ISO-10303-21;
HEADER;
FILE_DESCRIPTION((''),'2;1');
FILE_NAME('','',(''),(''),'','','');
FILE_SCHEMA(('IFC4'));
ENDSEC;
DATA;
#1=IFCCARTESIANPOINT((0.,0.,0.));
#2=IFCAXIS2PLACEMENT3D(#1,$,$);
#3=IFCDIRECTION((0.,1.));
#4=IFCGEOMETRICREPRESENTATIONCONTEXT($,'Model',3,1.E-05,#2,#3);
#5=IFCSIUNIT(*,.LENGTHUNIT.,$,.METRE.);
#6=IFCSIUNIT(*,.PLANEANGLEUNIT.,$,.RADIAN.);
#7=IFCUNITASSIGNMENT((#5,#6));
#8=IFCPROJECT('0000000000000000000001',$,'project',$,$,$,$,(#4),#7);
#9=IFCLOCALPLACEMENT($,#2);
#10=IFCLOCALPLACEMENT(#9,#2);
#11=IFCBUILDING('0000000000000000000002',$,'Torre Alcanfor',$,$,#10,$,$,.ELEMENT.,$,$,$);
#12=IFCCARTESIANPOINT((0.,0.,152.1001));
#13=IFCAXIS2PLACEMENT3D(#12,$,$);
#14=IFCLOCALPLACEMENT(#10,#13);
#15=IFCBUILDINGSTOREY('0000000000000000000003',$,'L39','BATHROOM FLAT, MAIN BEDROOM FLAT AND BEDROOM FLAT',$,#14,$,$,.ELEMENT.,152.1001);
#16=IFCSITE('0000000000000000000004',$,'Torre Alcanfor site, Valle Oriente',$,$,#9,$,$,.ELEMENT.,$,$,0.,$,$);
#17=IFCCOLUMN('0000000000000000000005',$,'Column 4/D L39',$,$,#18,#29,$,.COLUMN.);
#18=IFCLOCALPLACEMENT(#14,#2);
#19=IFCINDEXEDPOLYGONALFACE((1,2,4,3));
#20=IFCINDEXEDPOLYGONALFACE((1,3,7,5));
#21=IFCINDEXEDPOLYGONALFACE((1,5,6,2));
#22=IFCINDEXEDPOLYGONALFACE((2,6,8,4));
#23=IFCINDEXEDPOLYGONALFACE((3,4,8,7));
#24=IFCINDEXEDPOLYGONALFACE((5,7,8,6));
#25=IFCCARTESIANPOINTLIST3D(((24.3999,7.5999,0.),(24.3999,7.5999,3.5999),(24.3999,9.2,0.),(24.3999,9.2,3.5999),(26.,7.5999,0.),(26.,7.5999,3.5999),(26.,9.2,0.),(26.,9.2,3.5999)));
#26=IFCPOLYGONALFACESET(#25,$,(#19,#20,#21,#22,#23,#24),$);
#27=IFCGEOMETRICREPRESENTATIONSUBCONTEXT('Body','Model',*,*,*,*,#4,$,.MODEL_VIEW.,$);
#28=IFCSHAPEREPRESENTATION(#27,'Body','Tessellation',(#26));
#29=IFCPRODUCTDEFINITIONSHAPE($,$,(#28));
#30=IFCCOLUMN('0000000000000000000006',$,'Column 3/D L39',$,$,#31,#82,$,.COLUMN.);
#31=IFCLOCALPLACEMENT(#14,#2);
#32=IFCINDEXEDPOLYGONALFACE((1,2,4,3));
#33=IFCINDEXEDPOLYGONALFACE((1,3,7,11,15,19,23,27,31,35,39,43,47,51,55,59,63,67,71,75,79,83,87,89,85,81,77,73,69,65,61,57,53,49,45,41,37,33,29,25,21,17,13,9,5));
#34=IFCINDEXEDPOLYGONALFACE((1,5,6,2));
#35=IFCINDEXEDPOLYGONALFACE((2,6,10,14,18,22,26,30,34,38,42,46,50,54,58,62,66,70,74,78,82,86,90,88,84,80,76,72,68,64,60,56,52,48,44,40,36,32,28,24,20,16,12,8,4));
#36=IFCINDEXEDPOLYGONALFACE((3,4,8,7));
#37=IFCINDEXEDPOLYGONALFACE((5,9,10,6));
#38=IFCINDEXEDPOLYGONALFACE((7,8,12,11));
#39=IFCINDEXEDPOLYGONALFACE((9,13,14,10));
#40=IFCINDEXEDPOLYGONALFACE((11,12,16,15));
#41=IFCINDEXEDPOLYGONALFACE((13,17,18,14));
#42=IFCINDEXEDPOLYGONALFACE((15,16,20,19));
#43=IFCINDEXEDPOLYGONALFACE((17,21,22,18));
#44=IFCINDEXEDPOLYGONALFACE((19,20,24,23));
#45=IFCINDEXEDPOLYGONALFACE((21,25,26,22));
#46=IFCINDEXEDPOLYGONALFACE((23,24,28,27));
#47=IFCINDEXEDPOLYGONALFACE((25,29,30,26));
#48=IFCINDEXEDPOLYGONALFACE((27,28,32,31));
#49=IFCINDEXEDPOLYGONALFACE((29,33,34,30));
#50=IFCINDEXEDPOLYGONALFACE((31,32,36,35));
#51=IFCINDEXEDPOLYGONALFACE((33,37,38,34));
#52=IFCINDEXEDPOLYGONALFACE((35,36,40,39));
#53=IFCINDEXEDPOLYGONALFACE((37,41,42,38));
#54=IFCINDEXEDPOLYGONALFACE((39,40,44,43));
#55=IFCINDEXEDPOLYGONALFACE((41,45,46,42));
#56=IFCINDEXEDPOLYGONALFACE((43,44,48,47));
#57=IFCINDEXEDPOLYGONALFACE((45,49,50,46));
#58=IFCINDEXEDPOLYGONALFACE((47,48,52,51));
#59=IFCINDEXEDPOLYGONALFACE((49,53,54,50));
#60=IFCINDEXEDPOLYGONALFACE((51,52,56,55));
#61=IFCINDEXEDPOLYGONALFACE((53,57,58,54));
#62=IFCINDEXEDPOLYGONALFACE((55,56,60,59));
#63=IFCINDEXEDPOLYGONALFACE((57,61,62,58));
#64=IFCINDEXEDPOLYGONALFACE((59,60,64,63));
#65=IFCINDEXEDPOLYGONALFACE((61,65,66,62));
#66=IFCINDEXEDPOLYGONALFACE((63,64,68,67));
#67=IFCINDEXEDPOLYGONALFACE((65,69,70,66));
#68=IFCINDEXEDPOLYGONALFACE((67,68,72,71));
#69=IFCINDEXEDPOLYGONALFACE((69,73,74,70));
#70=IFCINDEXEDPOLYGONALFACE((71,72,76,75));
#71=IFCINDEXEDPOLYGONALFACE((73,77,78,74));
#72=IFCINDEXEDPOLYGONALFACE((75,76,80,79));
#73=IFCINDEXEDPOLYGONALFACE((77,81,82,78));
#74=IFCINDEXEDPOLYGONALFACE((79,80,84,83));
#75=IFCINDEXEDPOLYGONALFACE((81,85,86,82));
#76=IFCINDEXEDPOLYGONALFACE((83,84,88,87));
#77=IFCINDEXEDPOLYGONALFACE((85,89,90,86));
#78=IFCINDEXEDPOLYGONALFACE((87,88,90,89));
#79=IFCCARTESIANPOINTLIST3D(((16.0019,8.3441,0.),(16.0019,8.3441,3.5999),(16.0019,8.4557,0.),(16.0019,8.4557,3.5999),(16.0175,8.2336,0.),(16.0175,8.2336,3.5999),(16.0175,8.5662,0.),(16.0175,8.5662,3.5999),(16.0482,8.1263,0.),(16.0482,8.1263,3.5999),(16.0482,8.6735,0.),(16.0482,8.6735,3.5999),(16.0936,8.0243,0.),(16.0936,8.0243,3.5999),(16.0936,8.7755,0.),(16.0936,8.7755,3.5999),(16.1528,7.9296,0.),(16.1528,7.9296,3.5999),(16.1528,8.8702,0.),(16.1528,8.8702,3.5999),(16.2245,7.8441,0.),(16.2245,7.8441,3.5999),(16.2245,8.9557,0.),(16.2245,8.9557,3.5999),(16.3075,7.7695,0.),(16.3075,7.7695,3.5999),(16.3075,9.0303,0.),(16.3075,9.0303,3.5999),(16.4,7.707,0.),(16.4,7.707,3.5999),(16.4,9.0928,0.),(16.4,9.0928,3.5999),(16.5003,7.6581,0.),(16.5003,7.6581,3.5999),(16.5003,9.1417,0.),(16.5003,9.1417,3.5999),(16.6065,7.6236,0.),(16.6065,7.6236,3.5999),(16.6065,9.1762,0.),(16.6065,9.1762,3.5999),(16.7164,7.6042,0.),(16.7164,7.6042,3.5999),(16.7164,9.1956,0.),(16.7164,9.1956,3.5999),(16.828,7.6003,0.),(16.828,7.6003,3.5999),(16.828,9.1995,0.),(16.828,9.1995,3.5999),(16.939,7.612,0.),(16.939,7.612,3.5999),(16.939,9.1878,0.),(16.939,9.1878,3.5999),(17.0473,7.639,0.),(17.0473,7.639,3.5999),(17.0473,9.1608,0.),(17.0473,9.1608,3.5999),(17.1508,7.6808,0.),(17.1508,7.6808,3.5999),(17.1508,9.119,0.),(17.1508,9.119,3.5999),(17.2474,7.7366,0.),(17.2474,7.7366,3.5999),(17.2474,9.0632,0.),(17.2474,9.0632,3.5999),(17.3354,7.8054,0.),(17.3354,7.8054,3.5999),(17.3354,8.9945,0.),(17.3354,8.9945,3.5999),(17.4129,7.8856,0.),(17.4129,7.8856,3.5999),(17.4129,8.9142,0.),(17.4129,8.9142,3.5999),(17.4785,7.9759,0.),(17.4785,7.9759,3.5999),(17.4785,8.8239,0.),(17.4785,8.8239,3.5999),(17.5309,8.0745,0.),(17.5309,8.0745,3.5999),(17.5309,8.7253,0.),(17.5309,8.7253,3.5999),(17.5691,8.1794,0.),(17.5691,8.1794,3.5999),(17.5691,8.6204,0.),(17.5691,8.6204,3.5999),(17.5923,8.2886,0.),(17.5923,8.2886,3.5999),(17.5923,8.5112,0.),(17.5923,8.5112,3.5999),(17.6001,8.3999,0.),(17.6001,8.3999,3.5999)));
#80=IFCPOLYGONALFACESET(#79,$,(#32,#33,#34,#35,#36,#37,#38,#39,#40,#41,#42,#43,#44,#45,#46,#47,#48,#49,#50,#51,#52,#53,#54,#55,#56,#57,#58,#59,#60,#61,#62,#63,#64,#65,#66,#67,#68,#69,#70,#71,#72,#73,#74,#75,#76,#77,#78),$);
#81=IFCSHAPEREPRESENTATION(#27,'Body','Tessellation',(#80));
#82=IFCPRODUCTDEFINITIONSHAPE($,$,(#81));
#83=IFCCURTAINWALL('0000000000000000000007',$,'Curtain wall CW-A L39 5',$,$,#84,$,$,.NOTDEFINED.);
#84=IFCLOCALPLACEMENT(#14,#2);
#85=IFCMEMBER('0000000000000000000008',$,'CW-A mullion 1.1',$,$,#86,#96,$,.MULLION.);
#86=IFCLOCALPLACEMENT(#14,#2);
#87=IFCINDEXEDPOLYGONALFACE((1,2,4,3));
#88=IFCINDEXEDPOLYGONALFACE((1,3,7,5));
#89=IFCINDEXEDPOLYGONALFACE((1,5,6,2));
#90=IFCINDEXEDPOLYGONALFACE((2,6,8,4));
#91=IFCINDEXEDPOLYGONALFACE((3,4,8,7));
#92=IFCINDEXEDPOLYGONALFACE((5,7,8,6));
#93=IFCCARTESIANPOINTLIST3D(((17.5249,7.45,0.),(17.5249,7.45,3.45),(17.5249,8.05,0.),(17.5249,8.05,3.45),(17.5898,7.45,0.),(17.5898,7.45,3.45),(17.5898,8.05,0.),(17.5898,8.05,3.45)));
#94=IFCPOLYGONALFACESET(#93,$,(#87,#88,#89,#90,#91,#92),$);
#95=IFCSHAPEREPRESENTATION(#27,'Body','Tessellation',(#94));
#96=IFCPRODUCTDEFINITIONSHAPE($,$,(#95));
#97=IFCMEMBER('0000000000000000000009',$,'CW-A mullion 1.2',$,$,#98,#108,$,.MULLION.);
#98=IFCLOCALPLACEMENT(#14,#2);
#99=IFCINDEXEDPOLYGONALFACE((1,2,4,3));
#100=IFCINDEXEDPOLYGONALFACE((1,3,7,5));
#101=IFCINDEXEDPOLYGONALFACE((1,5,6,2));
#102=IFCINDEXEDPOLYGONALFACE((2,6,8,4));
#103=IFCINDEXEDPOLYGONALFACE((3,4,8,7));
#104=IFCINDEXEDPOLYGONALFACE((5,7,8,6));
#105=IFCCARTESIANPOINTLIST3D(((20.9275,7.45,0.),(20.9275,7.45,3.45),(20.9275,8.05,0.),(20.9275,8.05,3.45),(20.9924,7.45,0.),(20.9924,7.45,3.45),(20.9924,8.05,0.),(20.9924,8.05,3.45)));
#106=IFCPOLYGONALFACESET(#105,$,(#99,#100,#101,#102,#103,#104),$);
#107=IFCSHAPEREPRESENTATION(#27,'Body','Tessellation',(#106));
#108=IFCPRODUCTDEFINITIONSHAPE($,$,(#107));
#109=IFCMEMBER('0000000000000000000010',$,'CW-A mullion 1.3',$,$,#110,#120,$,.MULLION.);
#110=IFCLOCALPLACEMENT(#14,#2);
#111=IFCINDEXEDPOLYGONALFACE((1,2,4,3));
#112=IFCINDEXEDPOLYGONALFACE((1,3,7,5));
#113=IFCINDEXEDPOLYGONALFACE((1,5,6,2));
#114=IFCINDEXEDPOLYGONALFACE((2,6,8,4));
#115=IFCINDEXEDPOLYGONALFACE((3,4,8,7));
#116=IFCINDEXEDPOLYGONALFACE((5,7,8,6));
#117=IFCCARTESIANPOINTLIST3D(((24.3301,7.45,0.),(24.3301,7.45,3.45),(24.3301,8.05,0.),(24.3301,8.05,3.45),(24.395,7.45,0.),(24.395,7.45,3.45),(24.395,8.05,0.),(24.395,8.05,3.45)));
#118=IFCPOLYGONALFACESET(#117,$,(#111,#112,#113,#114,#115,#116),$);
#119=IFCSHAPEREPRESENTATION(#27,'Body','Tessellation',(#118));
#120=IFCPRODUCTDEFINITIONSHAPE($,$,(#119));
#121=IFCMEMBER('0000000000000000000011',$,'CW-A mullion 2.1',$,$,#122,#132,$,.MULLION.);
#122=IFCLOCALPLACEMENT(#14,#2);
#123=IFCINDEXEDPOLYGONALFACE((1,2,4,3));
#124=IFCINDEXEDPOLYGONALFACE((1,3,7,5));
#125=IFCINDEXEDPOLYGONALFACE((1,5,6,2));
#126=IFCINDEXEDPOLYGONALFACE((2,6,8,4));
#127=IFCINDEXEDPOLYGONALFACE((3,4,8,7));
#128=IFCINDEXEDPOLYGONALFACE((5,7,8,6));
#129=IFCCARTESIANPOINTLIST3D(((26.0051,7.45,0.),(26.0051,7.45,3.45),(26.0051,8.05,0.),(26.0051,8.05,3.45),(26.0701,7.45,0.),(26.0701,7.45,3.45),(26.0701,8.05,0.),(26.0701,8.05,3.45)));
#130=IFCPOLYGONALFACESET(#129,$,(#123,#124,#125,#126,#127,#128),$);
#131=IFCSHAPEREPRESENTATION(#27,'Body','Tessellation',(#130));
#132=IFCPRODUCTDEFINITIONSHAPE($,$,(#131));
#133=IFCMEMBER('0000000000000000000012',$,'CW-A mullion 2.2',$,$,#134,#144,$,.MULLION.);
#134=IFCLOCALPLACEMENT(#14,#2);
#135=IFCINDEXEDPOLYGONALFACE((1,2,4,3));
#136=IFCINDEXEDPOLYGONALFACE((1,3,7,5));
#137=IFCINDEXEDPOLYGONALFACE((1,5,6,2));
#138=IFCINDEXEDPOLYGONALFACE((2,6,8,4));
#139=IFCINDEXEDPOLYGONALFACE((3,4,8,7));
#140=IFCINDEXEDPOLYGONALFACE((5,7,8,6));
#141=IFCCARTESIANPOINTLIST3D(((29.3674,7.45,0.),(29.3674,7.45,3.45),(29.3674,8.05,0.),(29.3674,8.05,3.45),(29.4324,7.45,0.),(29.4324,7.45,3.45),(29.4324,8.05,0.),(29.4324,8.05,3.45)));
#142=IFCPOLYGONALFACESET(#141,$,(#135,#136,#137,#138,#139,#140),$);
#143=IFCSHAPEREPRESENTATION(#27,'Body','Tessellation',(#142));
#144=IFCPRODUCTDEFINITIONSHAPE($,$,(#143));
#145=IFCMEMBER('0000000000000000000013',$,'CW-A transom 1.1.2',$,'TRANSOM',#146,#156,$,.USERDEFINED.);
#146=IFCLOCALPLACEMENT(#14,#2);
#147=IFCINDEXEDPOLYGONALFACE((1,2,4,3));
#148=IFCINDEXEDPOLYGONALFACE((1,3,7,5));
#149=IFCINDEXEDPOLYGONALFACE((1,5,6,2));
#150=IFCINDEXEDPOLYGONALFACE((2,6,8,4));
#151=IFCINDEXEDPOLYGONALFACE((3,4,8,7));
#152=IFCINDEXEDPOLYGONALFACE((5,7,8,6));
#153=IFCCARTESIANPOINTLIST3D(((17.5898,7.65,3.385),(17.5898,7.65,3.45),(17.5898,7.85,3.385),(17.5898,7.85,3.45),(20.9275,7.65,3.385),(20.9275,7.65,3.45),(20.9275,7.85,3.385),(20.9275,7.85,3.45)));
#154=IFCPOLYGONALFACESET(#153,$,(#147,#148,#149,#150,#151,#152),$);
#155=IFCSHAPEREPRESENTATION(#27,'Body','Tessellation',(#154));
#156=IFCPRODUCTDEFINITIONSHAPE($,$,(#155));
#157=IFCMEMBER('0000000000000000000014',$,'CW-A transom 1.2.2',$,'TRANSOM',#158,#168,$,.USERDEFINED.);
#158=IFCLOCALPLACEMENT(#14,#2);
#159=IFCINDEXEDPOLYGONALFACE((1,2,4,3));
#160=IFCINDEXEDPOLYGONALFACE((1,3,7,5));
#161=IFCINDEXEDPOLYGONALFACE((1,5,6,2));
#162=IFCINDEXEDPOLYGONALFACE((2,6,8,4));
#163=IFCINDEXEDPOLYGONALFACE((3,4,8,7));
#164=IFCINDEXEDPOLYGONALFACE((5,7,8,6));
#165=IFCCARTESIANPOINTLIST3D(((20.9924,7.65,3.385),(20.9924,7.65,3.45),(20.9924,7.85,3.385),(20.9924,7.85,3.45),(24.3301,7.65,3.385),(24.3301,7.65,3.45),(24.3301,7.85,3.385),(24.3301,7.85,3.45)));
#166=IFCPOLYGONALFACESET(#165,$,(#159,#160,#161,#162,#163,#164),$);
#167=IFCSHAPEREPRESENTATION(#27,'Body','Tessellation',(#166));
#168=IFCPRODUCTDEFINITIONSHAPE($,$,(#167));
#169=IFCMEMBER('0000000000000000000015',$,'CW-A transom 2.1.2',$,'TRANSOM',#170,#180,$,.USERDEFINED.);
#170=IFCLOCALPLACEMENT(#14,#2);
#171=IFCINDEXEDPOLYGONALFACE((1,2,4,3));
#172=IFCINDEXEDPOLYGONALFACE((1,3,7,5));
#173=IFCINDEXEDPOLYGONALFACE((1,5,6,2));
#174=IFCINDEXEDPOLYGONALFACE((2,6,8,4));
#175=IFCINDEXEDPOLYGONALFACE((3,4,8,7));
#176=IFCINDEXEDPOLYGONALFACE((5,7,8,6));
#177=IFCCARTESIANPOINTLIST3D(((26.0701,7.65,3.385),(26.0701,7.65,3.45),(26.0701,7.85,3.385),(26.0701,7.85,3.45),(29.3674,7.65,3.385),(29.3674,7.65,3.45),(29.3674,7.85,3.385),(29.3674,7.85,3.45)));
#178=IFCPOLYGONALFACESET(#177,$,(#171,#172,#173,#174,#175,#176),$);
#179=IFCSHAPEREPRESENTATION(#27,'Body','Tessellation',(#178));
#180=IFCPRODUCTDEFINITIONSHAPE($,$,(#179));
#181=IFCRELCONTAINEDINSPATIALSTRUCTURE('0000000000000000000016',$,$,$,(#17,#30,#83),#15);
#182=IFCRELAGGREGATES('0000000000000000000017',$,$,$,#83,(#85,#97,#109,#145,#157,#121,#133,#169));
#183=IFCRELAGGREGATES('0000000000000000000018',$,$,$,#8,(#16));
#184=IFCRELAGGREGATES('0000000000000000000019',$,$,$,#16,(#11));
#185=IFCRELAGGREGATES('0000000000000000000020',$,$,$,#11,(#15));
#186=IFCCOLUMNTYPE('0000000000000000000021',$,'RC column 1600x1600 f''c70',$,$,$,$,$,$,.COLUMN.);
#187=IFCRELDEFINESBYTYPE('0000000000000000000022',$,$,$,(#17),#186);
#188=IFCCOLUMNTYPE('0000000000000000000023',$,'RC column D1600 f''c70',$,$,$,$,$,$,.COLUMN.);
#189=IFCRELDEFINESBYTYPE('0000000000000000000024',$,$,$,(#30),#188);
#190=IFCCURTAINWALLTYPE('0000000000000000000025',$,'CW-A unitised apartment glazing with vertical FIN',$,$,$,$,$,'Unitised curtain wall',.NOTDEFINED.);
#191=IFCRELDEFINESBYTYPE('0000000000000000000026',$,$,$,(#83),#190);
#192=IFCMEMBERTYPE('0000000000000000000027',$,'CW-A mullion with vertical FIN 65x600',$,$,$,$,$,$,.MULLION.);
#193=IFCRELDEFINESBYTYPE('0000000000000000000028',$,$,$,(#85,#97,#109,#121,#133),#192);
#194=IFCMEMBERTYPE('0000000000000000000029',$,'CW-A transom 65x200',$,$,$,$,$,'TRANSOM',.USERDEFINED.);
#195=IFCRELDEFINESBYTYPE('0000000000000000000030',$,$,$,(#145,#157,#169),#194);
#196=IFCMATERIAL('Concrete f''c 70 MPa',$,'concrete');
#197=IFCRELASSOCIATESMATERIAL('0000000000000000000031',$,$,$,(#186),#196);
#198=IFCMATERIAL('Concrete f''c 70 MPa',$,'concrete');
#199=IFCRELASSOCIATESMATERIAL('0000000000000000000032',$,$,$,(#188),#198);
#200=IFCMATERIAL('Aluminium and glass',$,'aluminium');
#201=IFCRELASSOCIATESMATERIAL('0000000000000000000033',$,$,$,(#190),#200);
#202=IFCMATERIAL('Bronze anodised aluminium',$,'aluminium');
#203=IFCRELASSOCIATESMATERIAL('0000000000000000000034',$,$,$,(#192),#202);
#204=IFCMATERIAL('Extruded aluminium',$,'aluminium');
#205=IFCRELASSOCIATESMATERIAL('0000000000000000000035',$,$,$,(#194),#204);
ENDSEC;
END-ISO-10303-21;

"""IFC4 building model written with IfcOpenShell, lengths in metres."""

from ifc_helpers import new_model, si_unit, direction, frame, origin, origin_2d, place, context, subcontext, project, spatial, rectangle, circle, extrude, material, material_profile, profile_set, type_object, element, aggregate, save


model = new_model("IFC4")

# Units and contexts
model_context = context("Model", 3, precision=1e-05, world=origin(), true_north=direction((0.0, 1.0)))
body_context = subcontext(model_context, "Body", "Model", "MODEL_VIEW")
ifc_project = project(units=[si_unit("LENGTHUNIT", "METRE"), si_unit("PLANEANGLEUNIT", "RADIAN")], contexts=[model_context])

# Site, building, storey
site_placement = place(None, origin())
site = spatial("IfcSite", under=ifc_project, at=site_placement, Name="Torre Alcanfor site, Valle Oriente", CompositionType="ELEMENT", RefElevation=0.0)
building_placement = place(site_placement, origin())
building = spatial("IfcBuilding", under=site, at=building_placement, Name="Torre Alcanfor", CompositionType="ELEMENT")
storey_placement = place(building_placement, frame((0.0, 0.0, 152.1001)))
storey = spatial("IfcBuildingStorey", under=building, at=storey_placement, Name="L39", Description="BATHROOM FLAT, MAIN BEDROOM FLAT AND BEDROOM FLAT", CompositionType="ELEMENT", Elevation=152.1001)

# Columns
ifc_material_1 = material(Name="Concrete f'c 70 MPa", Category="concrete")
ifc_material_profile_1 = material_profile(ifc_material_1, rectangle(XDim=1.6001, YDim=1.6001, at=origin_2d()), Name="1600x1600")
ifc_profile_set_1 = profile_set([ifc_material_profile_1], Name="Concrete f'c 70 MPa")
column_type_1 = type_object("IfcColumnType", Name="RC column 1600x1600 f'c70", PredefinedType="COLUMN", material=ifc_profile_set_1)
column_1_placement = place(storey_placement, frame((25.2, 8.3999, 0.0), z_axis=(0.0, 0.0, 1.0), x_axis=(1.0, 0.0, 0.0)))
element("IfcColumn", 1, at=column_1_placement, inside=storey, type_object=column_type_1, Name="Column 4/D L39", PredefinedType="COLUMN", context=body_context, shape_type="SweptSolid", body=[
    extrude(rectangle(XDim=1.6001, YDim=1.6001, at=origin_2d()), origin(), (0.0, 0.0, 1.0), 3.5999),
])
ifc_material_2 = material(Name="Concrete f'c 70 MPa", Category="concrete")
ifc_material_profile_2 = material_profile(ifc_material_2, circle(Radius=0.8, at=origin_2d()), Name="D1600")
ifc_profile_set_2 = profile_set([ifc_material_profile_2], Name="Concrete f'c 70 MPa")
column_type_2 = type_object("IfcColumnType", Name="RC column D1600 f'c70", PredefinedType="COLUMN", material=ifc_profile_set_2)
column_2_placement = place(storey_placement, frame((16.8, 8.3999, 0.0), z_axis=(0.0, 0.0, 1.0), x_axis=(1.0, 0.0, 0.0)))
element("IfcColumn", 2, at=column_2_placement, inside=storey, type_object=column_type_2, Name="Column 3/D L39", PredefinedType="COLUMN", context=body_context, shape_type="SweptSolid", body=[
    extrude(circle(Radius=0.8, at=origin_2d()), origin(), (0.0, 0.0, 1.0), 3.5999),
])

# Curtain wall, members
ifc_material_3 = material(Name="Aluminium and glass", Category="aluminium")
curtain_wall_type = type_object("IfcCurtainWallType", Name="CW-A unitised apartment glazing with vertical FIN", ElementType="Unitised curtain wall", PredefinedType="NOTDEFINED", material=ifc_material_3)
curtain_wall_placement = place(storey_placement, origin())
curtain_wall = element("IfcCurtainWall", 3, at=curtain_wall_placement, inside=storey, type_object=curtain_wall_type, Name="Curtain wall CW-A L39 5", PredefinedType="NOTDEFINED")
ifc_material_4 = material(Name="Bronze anodised aluminium", Category="aluminium")
ifc_material_profile_3 = material_profile(ifc_material_4, rectangle(XDim=0.6001, YDim=0.0649, at=origin_2d()), Name="CW-A mullion 65x600")
ifc_profile_set_3 = profile_set([ifc_material_profile_3], Name="Bronze anodised aluminium")
member_type_1 = type_object("IfcMemberType", Name="CW-A mullion with vertical FIN 65x600", PredefinedType="MULLION", material=ifc_profile_set_3)
member_1_placement = place(storey_placement, frame((17.5574, 7.75, 0.0), z_axis=(0.0, 0.0, 1.0), x_axis=(0.0, 1.0, 0.0)))
member_1 = element("IfcMember", 4, at=member_1_placement, type_object=member_type_1, Name="CW-A mullion 1.1", PredefinedType="MULLION", context=body_context, shape_type="SweptSolid", body=[
    extrude(rectangle(XDim=0.6001, YDim=0.0649, at=origin_2d()), origin(), (0.0, 0.0, 1.0), 3.45),
])
member_2_placement = place(storey_placement, frame((20.96, 7.75, 0.0), z_axis=(0.0, 0.0, 1.0), x_axis=(0.0, 1.0, 0.0)))
member_2 = element("IfcMember", 5, at=member_2_placement, type_object=member_type_1, Name="CW-A mullion 1.2", PredefinedType="MULLION", context=body_context, shape_type="SweptSolid", body=[
    extrude(rectangle(XDim=0.6001, YDim=0.0649, at=origin_2d()), origin(), (0.0, 0.0, 1.0), 3.45),
])
member_3_placement = place(storey_placement, frame((24.3625, 7.75, 0.0), z_axis=(0.0, 0.0, 1.0), x_axis=(0.0, 1.0, 0.0)))
member_3 = element("IfcMember", 6, at=member_3_placement, type_object=member_type_1, Name="CW-A mullion 1.3", PredefinedType="MULLION", context=body_context, shape_type="SweptSolid", body=[
    extrude(rectangle(XDim=0.6001, YDim=0.0649, at=origin_2d()), origin(), (0.0, 0.0, 1.0), 3.45),
])
member_4_placement = place(storey_placement, frame((26.0376, 7.75, 0.0), z_axis=(0.0, 0.0, 1.0), x_axis=(0.0, 1.0, 0.0)))
member_4 = element("IfcMember", 7, at=member_4_placement, type_object=member_type_1, Name="CW-A mullion 2.1", PredefinedType="MULLION", context=body_context, shape_type="SweptSolid", body=[
    extrude(rectangle(XDim=0.6001, YDim=0.0649, at=origin_2d()), origin(), (0.0, 0.0, 1.0), 3.45),
])
member_5_placement = place(storey_placement, frame((29.3999, 7.75, 0.0), z_axis=(0.0, 0.0, 1.0), x_axis=(0.0, 1.0, 0.0)))
member_5 = element("IfcMember", 8, at=member_5_placement, type_object=member_type_1, Name="CW-A mullion 2.2", PredefinedType="MULLION", context=body_context, shape_type="SweptSolid", body=[
    extrude(rectangle(XDim=0.6001, YDim=0.0649, at=origin_2d()), origin(), (0.0, 0.0, 1.0), 3.45),
])
ifc_material_5 = material(Name="Extruded aluminium", Category="aluminium")
ifc_material_profile_4 = material_profile(ifc_material_5, rectangle(XDim=0.2, YDim=0.0649, at=origin_2d()), Name="CW-A transom 200x65")
ifc_profile_set_4 = profile_set([ifc_material_profile_4], Name="Extruded aluminium")
member_type_2 = type_object("IfcMemberType", Name="CW-A transom 65x200", ElementType="TRANSOM", PredefinedType="USERDEFINED", material=ifc_profile_set_4)
member_6_placement = place(storey_placement, frame((17.5898, 7.75, 3.4175), z_axis=(1.0, 0.0, 0.0), x_axis=(0.0, 1.0, 0.0)))
member_6 = element("IfcMember", 9, at=member_6_placement, type_object=member_type_2, Name="CW-A transom 1.1.2", ObjectType="TRANSOM", PredefinedType="USERDEFINED", context=body_context, shape_type="SweptSolid", body=[
    extrude(rectangle(XDim=0.2, YDim=0.0649, at=origin_2d()), origin(), (0.0, 0.0, 1.0), 3.3376),
])
member_7_placement = place(storey_placement, frame((20.9924, 7.75, 3.4175), z_axis=(1.0, 0.0, 0.0), x_axis=(0.0, 1.0, 0.0)))
member_7 = element("IfcMember", 10, at=member_7_placement, type_object=member_type_2, Name="CW-A transom 1.2.2", ObjectType="TRANSOM", PredefinedType="USERDEFINED", context=body_context, shape_type="SweptSolid", body=[
    extrude(rectangle(XDim=0.2, YDim=0.0649, at=origin_2d()), origin(), (0.0, 0.0, 1.0), 3.3376),
])
member_8_placement = place(storey_placement, frame((26.0701, 7.75, 3.4175), z_axis=(1.0, 0.0, 0.0), x_axis=(0.0, 1.0, 0.0)))
member_8 = element("IfcMember", 11, at=member_8_placement, type_object=member_type_2, Name="CW-A transom 2.1.2", ObjectType="TRANSOM", PredefinedType="USERDEFINED", context=body_context, shape_type="SweptSolid", body=[
    extrude(rectangle(XDim=0.2, YDim=0.0649, at=origin_2d()), origin(), (0.0, 0.0, 1.0), 3.2974),
])

aggregate(curtain_wall, [member_1, member_2, member_3, member_6, member_7, member_4, member_5, member_8])

save(model, "model.ifc")
